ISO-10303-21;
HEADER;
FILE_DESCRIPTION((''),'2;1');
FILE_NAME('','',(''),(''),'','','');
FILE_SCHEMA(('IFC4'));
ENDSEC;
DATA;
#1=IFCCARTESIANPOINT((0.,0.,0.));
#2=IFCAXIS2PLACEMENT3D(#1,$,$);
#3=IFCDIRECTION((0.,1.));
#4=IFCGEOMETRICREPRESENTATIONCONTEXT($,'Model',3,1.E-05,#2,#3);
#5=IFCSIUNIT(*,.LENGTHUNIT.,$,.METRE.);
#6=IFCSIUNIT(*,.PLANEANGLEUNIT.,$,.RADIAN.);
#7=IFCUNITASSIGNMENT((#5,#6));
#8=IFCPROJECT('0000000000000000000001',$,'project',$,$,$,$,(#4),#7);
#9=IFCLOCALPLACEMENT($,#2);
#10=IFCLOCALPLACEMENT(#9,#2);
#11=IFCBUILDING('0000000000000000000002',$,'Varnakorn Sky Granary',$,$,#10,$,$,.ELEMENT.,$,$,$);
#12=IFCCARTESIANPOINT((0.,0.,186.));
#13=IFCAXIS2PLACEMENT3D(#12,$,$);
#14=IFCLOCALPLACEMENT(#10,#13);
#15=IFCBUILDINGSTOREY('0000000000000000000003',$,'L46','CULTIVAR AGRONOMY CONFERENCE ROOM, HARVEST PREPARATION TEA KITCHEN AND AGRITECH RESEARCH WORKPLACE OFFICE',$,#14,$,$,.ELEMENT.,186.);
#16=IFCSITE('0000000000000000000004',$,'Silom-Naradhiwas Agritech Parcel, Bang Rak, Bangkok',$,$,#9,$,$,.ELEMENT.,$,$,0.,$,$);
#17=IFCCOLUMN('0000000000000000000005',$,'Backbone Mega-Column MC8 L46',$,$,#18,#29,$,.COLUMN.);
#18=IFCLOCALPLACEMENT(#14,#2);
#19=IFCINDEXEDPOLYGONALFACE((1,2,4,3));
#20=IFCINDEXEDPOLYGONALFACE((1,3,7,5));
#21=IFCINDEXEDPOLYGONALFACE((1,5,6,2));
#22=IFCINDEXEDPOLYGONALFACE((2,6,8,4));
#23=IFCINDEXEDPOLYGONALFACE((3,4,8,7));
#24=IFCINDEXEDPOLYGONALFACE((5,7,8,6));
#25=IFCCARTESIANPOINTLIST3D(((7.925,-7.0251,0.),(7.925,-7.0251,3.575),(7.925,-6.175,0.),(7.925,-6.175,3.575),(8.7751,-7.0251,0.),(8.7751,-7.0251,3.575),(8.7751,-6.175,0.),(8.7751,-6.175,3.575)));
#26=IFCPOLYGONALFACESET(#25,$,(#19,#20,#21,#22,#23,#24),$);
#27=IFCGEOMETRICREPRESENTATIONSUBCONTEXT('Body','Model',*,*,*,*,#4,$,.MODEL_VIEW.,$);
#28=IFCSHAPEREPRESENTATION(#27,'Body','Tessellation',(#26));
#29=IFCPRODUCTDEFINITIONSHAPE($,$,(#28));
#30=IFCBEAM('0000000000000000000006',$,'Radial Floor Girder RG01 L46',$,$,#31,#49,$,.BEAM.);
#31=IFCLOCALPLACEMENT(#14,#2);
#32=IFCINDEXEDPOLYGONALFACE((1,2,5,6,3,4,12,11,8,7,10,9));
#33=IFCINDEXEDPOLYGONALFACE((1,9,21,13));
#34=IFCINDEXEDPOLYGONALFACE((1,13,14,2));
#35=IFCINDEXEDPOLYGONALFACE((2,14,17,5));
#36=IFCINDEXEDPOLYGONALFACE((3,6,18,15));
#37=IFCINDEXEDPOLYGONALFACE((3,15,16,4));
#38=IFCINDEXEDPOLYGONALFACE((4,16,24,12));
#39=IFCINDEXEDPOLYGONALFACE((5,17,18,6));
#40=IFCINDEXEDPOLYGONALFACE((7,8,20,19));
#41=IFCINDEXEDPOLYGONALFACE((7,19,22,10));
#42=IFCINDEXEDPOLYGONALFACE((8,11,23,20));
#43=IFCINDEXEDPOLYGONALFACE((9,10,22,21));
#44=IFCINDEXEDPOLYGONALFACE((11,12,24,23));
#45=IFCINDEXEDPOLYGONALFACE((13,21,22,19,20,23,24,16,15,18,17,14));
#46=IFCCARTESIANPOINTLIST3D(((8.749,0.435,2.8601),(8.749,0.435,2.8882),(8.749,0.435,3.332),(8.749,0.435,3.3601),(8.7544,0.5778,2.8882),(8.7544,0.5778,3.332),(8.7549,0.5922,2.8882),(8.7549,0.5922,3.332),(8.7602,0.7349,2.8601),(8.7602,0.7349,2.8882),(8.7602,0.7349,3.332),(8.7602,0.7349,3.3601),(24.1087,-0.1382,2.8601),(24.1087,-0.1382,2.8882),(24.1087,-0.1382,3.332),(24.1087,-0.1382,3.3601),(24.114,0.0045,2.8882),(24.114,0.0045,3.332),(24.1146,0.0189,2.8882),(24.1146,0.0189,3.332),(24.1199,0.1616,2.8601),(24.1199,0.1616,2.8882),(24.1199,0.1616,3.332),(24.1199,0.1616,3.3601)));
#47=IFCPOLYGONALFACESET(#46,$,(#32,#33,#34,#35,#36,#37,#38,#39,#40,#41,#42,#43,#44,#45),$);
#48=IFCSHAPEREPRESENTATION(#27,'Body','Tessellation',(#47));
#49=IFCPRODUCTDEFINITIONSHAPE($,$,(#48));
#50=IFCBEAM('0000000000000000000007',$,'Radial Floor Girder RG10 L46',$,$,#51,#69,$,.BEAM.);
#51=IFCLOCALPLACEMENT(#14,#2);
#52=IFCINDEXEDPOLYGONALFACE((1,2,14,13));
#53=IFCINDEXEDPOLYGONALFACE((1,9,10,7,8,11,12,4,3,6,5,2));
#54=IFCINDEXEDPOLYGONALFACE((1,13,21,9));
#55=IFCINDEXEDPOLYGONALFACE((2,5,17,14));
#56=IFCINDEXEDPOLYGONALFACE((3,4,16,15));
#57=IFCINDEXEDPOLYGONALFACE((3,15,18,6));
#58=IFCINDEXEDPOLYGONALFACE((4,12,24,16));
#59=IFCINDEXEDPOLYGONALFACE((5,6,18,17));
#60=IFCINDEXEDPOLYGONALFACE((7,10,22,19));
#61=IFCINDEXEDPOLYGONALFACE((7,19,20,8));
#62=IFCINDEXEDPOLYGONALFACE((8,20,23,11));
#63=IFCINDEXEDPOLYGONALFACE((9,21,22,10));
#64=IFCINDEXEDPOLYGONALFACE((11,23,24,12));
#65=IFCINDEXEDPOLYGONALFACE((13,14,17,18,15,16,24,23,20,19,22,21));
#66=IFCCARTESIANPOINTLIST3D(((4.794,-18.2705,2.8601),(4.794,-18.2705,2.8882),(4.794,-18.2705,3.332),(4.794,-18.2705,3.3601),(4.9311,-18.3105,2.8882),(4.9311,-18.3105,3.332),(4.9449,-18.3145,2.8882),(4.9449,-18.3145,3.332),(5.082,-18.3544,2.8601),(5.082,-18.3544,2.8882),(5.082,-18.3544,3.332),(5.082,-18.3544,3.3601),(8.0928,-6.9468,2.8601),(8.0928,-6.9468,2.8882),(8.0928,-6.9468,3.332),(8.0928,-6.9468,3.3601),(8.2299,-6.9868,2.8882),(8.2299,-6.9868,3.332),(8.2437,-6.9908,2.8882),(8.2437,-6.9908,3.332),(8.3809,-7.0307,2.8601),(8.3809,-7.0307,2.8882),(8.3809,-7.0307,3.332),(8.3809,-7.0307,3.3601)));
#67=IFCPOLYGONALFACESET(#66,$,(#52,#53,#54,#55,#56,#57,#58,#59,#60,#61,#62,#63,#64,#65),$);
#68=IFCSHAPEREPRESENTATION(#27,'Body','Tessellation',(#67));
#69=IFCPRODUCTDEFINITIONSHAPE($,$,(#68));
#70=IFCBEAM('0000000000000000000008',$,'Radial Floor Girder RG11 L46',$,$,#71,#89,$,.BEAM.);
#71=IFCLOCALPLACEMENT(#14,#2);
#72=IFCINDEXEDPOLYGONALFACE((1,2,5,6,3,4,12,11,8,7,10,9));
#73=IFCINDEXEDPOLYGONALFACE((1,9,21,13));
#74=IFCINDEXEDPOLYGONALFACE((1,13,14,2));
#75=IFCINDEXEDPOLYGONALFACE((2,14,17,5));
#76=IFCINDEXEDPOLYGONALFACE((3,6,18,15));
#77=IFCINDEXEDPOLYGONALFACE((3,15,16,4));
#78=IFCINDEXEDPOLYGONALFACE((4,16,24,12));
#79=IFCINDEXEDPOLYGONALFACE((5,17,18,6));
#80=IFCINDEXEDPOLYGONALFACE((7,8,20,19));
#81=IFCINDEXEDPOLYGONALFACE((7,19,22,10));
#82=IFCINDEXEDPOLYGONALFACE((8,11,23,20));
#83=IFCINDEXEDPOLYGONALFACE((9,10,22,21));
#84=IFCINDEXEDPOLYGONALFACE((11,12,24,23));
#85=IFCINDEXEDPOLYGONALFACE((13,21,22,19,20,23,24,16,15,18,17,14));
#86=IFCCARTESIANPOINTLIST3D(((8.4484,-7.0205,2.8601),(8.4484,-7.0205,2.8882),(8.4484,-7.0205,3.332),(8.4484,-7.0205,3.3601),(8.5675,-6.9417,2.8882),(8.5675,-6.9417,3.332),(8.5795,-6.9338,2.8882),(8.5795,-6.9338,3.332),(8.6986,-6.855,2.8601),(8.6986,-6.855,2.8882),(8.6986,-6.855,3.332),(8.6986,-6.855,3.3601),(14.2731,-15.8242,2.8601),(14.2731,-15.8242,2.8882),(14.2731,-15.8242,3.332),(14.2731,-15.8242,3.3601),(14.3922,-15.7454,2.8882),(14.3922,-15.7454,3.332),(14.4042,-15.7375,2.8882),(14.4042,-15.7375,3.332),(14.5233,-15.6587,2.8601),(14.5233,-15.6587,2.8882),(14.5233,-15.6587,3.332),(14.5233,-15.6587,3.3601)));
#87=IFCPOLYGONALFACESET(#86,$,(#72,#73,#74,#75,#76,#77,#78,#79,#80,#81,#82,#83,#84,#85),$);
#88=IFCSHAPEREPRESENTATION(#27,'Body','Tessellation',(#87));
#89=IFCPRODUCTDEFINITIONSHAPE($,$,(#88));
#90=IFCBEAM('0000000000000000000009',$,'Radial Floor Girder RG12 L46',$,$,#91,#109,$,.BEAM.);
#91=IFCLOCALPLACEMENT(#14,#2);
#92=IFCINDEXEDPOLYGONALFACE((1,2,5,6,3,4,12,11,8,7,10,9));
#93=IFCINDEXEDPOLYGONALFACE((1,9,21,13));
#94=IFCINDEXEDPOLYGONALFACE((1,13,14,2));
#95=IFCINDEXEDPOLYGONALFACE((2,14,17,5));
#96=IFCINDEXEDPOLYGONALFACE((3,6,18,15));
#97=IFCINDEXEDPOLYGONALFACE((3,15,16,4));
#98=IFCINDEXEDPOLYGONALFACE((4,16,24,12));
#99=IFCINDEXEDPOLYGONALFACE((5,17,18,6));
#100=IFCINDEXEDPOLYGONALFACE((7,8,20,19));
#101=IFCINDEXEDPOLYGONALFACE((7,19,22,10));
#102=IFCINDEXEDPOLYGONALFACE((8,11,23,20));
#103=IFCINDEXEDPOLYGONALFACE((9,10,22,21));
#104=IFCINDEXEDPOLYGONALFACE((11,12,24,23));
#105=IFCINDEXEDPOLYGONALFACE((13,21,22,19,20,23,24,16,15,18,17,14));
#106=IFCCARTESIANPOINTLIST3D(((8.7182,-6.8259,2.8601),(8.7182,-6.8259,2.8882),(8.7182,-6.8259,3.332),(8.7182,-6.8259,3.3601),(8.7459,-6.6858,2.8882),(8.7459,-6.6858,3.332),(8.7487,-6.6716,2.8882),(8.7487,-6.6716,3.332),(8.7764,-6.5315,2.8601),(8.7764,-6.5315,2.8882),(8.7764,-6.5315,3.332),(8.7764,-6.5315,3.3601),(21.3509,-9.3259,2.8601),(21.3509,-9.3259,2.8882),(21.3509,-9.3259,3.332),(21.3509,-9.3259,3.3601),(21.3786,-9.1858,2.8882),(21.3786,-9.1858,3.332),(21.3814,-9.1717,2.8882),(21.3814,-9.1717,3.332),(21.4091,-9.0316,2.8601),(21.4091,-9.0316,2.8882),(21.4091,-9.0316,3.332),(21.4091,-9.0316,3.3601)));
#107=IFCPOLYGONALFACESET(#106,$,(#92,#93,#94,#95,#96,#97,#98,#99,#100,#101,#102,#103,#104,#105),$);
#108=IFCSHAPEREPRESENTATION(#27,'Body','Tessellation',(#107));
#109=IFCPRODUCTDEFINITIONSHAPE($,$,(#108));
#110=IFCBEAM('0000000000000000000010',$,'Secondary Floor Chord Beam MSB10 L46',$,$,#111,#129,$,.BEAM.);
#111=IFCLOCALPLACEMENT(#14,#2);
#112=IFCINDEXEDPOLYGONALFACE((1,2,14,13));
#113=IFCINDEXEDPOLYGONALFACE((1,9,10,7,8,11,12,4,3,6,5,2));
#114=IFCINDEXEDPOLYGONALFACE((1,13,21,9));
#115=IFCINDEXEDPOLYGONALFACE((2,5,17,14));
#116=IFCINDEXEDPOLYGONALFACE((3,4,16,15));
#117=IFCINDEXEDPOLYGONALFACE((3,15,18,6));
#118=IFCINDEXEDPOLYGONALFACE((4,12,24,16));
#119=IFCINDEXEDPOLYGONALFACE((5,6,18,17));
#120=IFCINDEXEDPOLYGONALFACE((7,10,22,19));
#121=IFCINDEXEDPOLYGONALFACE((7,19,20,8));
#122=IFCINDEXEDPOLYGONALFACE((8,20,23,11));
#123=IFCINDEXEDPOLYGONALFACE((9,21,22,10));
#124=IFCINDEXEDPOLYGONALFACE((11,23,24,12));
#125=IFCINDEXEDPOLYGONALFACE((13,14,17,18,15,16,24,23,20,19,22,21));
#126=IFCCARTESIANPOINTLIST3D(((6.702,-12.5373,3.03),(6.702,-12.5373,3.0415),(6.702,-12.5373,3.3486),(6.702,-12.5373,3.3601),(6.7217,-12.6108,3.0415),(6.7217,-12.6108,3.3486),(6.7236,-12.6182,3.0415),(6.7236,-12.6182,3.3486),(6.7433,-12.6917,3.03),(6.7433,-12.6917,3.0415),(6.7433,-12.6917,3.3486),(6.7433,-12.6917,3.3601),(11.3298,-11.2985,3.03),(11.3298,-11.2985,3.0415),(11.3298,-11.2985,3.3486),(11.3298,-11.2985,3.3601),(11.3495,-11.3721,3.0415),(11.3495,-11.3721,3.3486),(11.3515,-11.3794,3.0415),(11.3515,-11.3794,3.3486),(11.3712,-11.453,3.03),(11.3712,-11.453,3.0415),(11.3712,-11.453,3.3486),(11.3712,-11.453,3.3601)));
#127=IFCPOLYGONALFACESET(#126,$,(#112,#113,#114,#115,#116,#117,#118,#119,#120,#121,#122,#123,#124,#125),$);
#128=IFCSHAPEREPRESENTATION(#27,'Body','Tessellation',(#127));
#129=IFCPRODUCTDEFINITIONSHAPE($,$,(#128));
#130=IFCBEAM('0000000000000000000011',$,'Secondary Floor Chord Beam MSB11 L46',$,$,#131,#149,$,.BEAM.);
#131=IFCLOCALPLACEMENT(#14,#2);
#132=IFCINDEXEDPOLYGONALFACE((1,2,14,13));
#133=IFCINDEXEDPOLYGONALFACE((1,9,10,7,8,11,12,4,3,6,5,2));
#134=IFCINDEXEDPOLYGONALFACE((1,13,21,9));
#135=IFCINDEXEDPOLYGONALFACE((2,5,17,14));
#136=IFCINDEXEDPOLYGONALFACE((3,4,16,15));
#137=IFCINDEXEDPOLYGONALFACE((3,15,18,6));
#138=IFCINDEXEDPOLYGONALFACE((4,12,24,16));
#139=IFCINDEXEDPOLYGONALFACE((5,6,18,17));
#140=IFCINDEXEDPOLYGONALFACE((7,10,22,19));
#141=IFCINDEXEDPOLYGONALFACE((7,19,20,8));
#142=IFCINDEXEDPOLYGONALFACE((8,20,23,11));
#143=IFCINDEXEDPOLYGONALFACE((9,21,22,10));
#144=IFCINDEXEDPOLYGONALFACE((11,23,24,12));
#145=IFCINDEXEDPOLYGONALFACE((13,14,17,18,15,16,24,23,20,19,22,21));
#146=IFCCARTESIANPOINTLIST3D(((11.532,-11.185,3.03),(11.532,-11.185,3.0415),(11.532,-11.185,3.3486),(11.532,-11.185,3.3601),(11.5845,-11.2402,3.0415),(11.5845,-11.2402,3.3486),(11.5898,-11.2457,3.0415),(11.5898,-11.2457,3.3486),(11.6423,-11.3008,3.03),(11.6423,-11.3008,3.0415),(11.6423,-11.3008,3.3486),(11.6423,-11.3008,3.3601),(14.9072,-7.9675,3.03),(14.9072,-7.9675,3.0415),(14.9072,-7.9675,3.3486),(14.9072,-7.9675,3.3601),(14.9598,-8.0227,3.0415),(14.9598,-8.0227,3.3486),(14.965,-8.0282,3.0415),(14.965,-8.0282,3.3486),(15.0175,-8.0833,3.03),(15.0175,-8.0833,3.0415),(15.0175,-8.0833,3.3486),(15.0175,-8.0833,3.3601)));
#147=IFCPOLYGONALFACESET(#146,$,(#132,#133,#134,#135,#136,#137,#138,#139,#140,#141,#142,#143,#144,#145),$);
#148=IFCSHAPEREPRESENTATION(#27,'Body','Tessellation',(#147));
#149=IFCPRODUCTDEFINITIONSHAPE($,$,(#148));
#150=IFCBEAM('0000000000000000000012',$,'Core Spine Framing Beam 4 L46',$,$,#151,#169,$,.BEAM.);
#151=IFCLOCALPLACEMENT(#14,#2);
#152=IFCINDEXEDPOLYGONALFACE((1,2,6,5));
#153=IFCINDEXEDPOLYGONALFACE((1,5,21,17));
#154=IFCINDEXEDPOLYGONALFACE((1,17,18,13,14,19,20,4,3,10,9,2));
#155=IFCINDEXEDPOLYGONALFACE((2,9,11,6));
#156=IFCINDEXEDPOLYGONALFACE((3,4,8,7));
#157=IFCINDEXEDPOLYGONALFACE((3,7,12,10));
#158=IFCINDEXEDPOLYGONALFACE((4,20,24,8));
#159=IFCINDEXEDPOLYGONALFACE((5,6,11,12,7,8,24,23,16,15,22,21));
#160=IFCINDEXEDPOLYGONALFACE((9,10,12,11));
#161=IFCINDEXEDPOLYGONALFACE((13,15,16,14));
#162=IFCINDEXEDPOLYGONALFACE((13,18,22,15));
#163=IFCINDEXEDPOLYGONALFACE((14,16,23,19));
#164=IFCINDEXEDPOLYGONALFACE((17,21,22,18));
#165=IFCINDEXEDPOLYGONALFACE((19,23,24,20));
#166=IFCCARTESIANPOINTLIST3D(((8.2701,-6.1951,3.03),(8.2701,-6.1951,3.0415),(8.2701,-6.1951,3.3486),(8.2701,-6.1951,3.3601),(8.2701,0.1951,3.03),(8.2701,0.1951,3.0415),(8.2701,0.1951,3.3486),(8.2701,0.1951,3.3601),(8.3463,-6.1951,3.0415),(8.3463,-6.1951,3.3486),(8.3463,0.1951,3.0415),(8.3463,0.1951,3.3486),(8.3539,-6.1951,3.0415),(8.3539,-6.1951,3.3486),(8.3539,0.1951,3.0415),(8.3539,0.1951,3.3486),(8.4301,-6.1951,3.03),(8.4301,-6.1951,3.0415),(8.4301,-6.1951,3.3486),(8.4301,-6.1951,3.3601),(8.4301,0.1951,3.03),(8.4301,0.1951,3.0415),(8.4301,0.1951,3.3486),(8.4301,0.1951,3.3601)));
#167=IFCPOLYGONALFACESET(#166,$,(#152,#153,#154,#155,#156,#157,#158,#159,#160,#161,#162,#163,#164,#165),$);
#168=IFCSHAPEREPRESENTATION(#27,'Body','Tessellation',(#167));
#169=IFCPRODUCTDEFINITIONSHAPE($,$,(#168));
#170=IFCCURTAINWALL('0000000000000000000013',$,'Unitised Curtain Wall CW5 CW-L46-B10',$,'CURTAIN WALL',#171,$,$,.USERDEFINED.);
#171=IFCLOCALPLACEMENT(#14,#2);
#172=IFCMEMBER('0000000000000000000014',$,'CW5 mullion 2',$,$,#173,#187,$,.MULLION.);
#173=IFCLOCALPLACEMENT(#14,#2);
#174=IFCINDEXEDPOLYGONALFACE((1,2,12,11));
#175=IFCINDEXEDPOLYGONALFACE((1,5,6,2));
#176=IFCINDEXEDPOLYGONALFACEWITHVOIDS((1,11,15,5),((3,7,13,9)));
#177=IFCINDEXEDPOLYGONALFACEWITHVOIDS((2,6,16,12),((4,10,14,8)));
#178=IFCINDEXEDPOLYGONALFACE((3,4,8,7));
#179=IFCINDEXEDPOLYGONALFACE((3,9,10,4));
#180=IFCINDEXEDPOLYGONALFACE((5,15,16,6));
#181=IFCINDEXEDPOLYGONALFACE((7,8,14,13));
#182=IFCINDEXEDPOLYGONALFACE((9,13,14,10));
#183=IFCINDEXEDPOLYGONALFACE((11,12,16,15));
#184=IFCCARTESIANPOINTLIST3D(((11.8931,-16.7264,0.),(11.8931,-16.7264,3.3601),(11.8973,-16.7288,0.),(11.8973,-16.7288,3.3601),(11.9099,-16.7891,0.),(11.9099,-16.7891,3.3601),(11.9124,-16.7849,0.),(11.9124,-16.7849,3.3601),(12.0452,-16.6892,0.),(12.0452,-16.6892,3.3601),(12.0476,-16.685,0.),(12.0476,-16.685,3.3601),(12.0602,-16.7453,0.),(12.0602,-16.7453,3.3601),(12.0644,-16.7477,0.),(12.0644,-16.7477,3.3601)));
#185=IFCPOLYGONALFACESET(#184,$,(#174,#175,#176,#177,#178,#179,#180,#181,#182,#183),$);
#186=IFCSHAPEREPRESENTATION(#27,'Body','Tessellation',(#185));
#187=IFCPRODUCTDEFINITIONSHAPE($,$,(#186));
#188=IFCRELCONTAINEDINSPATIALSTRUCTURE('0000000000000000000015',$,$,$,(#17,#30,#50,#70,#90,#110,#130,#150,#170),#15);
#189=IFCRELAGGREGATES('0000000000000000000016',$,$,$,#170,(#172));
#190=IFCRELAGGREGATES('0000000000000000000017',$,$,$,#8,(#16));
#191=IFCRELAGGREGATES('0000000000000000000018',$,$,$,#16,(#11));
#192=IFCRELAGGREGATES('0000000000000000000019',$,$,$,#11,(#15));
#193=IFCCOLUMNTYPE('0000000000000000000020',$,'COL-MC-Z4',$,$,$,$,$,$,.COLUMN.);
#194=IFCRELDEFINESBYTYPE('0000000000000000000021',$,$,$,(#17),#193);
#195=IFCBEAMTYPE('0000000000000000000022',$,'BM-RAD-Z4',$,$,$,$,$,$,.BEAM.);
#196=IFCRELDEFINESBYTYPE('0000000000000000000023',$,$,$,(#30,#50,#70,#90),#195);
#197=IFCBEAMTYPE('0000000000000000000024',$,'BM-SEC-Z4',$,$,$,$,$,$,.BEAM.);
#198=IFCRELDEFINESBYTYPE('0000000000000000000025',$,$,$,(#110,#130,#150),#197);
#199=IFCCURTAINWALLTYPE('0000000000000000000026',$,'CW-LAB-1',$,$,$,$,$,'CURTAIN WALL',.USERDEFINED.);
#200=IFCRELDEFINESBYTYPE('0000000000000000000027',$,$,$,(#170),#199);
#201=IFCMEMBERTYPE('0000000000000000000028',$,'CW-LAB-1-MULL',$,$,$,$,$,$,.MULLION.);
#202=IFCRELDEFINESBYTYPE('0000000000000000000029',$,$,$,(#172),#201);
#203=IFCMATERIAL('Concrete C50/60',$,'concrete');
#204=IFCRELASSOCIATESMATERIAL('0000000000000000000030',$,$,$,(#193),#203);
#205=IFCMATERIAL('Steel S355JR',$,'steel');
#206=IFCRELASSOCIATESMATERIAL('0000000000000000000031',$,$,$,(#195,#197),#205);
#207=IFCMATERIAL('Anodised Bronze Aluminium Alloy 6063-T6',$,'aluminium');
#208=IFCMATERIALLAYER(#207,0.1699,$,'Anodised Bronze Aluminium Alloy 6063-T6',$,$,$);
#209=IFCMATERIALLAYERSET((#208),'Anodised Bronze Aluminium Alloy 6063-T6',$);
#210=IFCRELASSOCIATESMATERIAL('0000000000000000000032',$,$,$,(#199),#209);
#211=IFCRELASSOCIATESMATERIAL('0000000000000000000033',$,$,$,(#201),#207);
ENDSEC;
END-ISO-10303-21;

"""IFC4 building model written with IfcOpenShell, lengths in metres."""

from ifc_helpers import new_model, si_unit, direction, frame, origin, origin_2d, place, context, subcontext, project, spatial, rectangle, hollow_rectangle, i_section, extrude, material, layer, layer_set, material_profile, profile_set, type_object, element, aggregate, save


model = new_model("IFC4")

# Units and contexts
model_context = context("Model", 3, precision=1e-05, world=origin(), true_north=direction((0.0, 1.0)))
body_context = subcontext(model_context, "Body", "Model", "MODEL_VIEW")
ifc_project = project(units=[si_unit("LENGTHUNIT", "METRE"), si_unit("PLANEANGLEUNIT", "RADIAN")], contexts=[model_context])

# Site, building, storey
site_placement = place(None, origin())
site = spatial("IfcSite", under=ifc_project, at=site_placement, Name="Silom-Naradhiwas Agritech Parcel, Bang Rak, Bangkok", CompositionType="ELEMENT", RefElevation=0.0)
building_placement = place(site_placement, origin())
building = spatial("IfcBuilding", under=site, at=building_placement, Name="Varnakorn Sky Granary", CompositionType="ELEMENT")
storey_placement = place(building_placement, frame((0.0, 0.0, 186.0)))
storey = spatial("IfcBuildingStorey", under=building, at=storey_placement, Name="L46", Description="CULTIVAR AGRONOMY CONFERENCE ROOM, HARVEST PREPARATION TEA KITCHEN AND AGRITECH RESEARCH WORKPLACE OFFICE", CompositionType="ELEMENT", Elevation=186.0)

# Column
ifc_material_1 = material(Name="Concrete C50/60", Category="concrete")
ifc_material_profile_1 = material_profile(ifc_material_1, rectangle(XDim=0.8501, YDim=0.8501, at=origin_2d()), Name="RC 850x850")
ifc_profile_set_1 = profile_set([ifc_material_profile_1], Name="Concrete C50/60")
column_type = type_object("IfcColumnType", Name="COL-MC-Z4", PredefinedType="COLUMN", material=ifc_profile_set_1)
column_placement = place(storey_placement, frame((8.3501, -6.6001, 0.0), z_axis=(0.0, 0.0, 1.0), x_axis=(1.0, 0.0, 0.0)))
element("IfcColumn", 1, at=column_placement, inside=storey, type_object=column_type, Name="Backbone Mega-Column MC8 L46", PredefinedType="COLUMN", context=body_context, shape_type="SweptSolid", body=[
    extrude(rectangle(XDim=0.8501, YDim=0.8501, at=origin_2d()), origin(), (0.0, 0.0, 1.0), 3.575),
])

# Beams
ifc_material_2 = material(Name="Steel S355JR", Category="steel")
ifc_material_profile_2 = material_profile(ifc_material_2, i_section(OverallWidth=0.3, OverallDepth=0.5, WebThickness=0.0144, FlangeThickness=0.0281, at=origin_2d()), Name="HE 500 B")
ifc_profile_set_2 = profile_set([ifc_material_profile_2], Name="Steel S355JR")
beam_type_1 = type_object("IfcBeamType", Name="BM-RAD-Z4", PredefinedType="BEAM", material=ifc_profile_set_2)
beam_1_placement = place(storey_placement, frame((8.7546, 0.585, 3.1101), z_axis=(0.999304, -0.037295, 0.0), x_axis=(0.037295, 0.999304, 0.0)))
element("IfcBeam", 2, at=beam_1_placement, inside=storey, type_object=beam_type_1, Name="Radial Floor Girder RG01 L46", PredefinedType="BEAM", context=body_context, shape_type="SweptSolid", body=[
    extrude(i_section(OverallWidth=0.3, OverallDepth=0.5, WebThickness=0.0144, FlangeThickness=0.0281, at=origin_2d()), origin(), (0.0, 0.0, 1.0), 15.3704),
])
beam_2_placement = place(storey_placement, frame((8.2368, -6.9888, 3.1101), z_axis=(-0.279693, -0.960089, 0.0), x_axis=(0.960089, -0.279693, 0.0)))
element("IfcBeam", 3, at=beam_2_placement, inside=storey, type_object=beam_type_1, Name="Radial Floor Girder RG10 L46", PredefinedType="BEAM", context=body_context, shape_type="SweptSolid", body=[
    extrude(i_section(OverallWidth=0.3, OverallDepth=0.5, WebThickness=0.0144, FlangeThickness=0.0281, at=origin_2d()), origin(), (0.0, 0.0, 1.0), 11.7944),
])
beam_3_placement = place(storey_placement, frame((8.5735, -6.9377, 3.1101), z_axis=(0.551783, -0.833988, 0.0), x_axis=(0.833988, 0.551783, 0.0)))
element("IfcBeam", 4, at=beam_3_placement, inside=storey, type_object=beam_type_1, Name="Radial Floor Girder RG11 L46", PredefinedType="BEAM", context=body_context, shape_type="SweptSolid", body=[
    extrude(i_section(OverallWidth=0.3, OverallDepth=0.5, WebThickness=0.0144, FlangeThickness=0.0281, at=origin_2d()), origin(), (0.0, 0.0, 1.0), 10.5562),
])
beam_4_placement = place(storey_placement, frame((8.7473, -6.6787, 3.1101), z_axis=(0.980975, -0.194136, 0.0), x_axis=(0.194136, 0.980975, 0.0)))
element("IfcBeam", 5, at=beam_4_placement, inside=storey, type_object=beam_type_1, Name="Radial Floor Girder RG12 L46", PredefinedType="BEAM", context=body_context, shape_type="SweptSolid", body=[
    extrude(i_section(OverallWidth=0.3, OverallDepth=0.5, WebThickness=0.0144, FlangeThickness=0.0281, at=origin_2d()), origin(), (0.0, 0.0, 1.0), 12.8777),
])
ifc_material_profile_3 = material_profile(ifc_material_2, i_section(OverallWidth=0.1599, OverallDepth=0.3301, WebThickness=0.0076, FlangeThickness=0.0115, at=origin_2d()), Name="IPE 330")
ifc_profile_set_3 = profile_set([ifc_material_profile_3], Name="Steel S355JR")
beam_type_2 = type_object("IfcBeamType", Name="BM-SEC-Z4", PredefinedType="BEAM", material=ifc_profile_set_3)
beam_5_placement = place(storey_placement, frame((6.7227, -12.6145, 3.1951), z_axis=(0.965993, 0.25857, 0.0), x_axis=(-0.25857, 0.965993, 0.0)))
element("IfcBeam", 6, at=beam_5_placement, inside=storey, type_object=beam_type_2, Name="Secondary Floor Chord Beam MSB10 L46", PredefinedType="BEAM", context=body_context, shape_type="SweptSolid", body=[
    extrude(i_section(OverallWidth=0.1599, OverallDepth=0.3301, WebThickness=0.0076, FlangeThickness=0.0115, at=origin_2d()), origin(), (0.0, 0.0, 1.0), 4.7908),
])
beam_6_placement = place(storey_placement, frame((11.5872, -11.2429, 3.1951), z_axis=(0.723815, 0.689994, 0.0), x_axis=(-0.689994, 0.723815, 0.0)))
element("IfcBeam", 7, at=beam_6_placement, inside=storey, type_object=beam_type_2, Name="Secondary Floor Chord Beam MSB11 L46", PredefinedType="BEAM", context=body_context, shape_type="SweptSolid", body=[
    extrude(i_section(OverallWidth=0.1599, OverallDepth=0.3301, WebThickness=0.0076, FlangeThickness=0.0115, at=origin_2d()), origin(), (0.0, 0.0, 1.0), 4.6631),
])
beam_7_placement = place(storey_placement, frame((8.3501, 0.1951, 3.1951), z_axis=(0.0, -1.0, 0.0), x_axis=(1.0, 0.0, 0.0)))
element("IfcBeam", 8, at=beam_7_placement, inside=storey, type_object=beam_type_2, Name="Core Spine Framing Beam 4 L46", PredefinedType="BEAM", context=body_context, shape_type="SweptSolid", body=[
    extrude(i_section(OverallWidth=0.1599, OverallDepth=0.3301, WebThickness=0.0076, FlangeThickness=0.0115, at=origin_2d()), origin(), (0.0, 0.0, 1.0), 6.3901),
])

# Curtain wall, member
ifc_material_3 = material(Name="Anodised Bronze Aluminium Alloy 6063-T6", Category="aluminium")
ifc_layer_1 = layer(ifc_material_3, 0.1699, Name="Anodised Bronze Aluminium Alloy 6063-T6")
ifc_layer_set_1 = layer_set([ifc_layer_1], Name="Anodised Bronze Aluminium Alloy 6063-T6")
curtain_wall_type = type_object("IfcCurtainWallType", Name="CW-LAB-1", ElementType="CURTAIN WALL", PredefinedType="USERDEFINED", material=ifc_layer_set_1)
curtain_wall_placement = place(storey_placement, origin())
curtain_wall = element("IfcCurtainWall", 9, at=curtain_wall_placement, inside=storey, type_object=curtain_wall_type, Name="Unitised Curtain Wall CW5 CW-L46-B10", ObjectType="CURTAIN WALL", PredefinedType="USERDEFINED")
ifc_material_profile_4 = material_profile(ifc_material_3, hollow_rectangle(XDim=0.0649, YDim=0.1599, WallThickness=0.0034, at=origin_2d()), Name="ALU MULL 65x160")
ifc_profile_set_4 = profile_set([ifc_material_profile_4], Name="Anodised Bronze Aluminium Alloy 6063-T6")
member_type = type_object("IfcMemberType", Name="CW-LAB-1-MULL", PredefinedType="MULLION", material=ifc_profile_set_4)
member_placement = place(storey_placement, frame((11.9788, -16.7371, 0.0), z_axis=(0.0, 0.0, 1.0), x_axis=(0.258925, -0.965897, 0.0)))
member = element("IfcMember", 10, at=member_placement, type_object=member_type, Name="CW5 mullion 2", PredefinedType="MULLION", context=body_context, shape_type="SweptSolid", body=[
    extrude(hollow_rectangle(XDim=0.0649, YDim=0.1599, WallThickness=0.0034, at=origin_2d()), origin(), (0.0, 0.0, 1.0), 3.3601),
])
aggregate(curtain_wall, [member])

save(model, "model.ifc")
